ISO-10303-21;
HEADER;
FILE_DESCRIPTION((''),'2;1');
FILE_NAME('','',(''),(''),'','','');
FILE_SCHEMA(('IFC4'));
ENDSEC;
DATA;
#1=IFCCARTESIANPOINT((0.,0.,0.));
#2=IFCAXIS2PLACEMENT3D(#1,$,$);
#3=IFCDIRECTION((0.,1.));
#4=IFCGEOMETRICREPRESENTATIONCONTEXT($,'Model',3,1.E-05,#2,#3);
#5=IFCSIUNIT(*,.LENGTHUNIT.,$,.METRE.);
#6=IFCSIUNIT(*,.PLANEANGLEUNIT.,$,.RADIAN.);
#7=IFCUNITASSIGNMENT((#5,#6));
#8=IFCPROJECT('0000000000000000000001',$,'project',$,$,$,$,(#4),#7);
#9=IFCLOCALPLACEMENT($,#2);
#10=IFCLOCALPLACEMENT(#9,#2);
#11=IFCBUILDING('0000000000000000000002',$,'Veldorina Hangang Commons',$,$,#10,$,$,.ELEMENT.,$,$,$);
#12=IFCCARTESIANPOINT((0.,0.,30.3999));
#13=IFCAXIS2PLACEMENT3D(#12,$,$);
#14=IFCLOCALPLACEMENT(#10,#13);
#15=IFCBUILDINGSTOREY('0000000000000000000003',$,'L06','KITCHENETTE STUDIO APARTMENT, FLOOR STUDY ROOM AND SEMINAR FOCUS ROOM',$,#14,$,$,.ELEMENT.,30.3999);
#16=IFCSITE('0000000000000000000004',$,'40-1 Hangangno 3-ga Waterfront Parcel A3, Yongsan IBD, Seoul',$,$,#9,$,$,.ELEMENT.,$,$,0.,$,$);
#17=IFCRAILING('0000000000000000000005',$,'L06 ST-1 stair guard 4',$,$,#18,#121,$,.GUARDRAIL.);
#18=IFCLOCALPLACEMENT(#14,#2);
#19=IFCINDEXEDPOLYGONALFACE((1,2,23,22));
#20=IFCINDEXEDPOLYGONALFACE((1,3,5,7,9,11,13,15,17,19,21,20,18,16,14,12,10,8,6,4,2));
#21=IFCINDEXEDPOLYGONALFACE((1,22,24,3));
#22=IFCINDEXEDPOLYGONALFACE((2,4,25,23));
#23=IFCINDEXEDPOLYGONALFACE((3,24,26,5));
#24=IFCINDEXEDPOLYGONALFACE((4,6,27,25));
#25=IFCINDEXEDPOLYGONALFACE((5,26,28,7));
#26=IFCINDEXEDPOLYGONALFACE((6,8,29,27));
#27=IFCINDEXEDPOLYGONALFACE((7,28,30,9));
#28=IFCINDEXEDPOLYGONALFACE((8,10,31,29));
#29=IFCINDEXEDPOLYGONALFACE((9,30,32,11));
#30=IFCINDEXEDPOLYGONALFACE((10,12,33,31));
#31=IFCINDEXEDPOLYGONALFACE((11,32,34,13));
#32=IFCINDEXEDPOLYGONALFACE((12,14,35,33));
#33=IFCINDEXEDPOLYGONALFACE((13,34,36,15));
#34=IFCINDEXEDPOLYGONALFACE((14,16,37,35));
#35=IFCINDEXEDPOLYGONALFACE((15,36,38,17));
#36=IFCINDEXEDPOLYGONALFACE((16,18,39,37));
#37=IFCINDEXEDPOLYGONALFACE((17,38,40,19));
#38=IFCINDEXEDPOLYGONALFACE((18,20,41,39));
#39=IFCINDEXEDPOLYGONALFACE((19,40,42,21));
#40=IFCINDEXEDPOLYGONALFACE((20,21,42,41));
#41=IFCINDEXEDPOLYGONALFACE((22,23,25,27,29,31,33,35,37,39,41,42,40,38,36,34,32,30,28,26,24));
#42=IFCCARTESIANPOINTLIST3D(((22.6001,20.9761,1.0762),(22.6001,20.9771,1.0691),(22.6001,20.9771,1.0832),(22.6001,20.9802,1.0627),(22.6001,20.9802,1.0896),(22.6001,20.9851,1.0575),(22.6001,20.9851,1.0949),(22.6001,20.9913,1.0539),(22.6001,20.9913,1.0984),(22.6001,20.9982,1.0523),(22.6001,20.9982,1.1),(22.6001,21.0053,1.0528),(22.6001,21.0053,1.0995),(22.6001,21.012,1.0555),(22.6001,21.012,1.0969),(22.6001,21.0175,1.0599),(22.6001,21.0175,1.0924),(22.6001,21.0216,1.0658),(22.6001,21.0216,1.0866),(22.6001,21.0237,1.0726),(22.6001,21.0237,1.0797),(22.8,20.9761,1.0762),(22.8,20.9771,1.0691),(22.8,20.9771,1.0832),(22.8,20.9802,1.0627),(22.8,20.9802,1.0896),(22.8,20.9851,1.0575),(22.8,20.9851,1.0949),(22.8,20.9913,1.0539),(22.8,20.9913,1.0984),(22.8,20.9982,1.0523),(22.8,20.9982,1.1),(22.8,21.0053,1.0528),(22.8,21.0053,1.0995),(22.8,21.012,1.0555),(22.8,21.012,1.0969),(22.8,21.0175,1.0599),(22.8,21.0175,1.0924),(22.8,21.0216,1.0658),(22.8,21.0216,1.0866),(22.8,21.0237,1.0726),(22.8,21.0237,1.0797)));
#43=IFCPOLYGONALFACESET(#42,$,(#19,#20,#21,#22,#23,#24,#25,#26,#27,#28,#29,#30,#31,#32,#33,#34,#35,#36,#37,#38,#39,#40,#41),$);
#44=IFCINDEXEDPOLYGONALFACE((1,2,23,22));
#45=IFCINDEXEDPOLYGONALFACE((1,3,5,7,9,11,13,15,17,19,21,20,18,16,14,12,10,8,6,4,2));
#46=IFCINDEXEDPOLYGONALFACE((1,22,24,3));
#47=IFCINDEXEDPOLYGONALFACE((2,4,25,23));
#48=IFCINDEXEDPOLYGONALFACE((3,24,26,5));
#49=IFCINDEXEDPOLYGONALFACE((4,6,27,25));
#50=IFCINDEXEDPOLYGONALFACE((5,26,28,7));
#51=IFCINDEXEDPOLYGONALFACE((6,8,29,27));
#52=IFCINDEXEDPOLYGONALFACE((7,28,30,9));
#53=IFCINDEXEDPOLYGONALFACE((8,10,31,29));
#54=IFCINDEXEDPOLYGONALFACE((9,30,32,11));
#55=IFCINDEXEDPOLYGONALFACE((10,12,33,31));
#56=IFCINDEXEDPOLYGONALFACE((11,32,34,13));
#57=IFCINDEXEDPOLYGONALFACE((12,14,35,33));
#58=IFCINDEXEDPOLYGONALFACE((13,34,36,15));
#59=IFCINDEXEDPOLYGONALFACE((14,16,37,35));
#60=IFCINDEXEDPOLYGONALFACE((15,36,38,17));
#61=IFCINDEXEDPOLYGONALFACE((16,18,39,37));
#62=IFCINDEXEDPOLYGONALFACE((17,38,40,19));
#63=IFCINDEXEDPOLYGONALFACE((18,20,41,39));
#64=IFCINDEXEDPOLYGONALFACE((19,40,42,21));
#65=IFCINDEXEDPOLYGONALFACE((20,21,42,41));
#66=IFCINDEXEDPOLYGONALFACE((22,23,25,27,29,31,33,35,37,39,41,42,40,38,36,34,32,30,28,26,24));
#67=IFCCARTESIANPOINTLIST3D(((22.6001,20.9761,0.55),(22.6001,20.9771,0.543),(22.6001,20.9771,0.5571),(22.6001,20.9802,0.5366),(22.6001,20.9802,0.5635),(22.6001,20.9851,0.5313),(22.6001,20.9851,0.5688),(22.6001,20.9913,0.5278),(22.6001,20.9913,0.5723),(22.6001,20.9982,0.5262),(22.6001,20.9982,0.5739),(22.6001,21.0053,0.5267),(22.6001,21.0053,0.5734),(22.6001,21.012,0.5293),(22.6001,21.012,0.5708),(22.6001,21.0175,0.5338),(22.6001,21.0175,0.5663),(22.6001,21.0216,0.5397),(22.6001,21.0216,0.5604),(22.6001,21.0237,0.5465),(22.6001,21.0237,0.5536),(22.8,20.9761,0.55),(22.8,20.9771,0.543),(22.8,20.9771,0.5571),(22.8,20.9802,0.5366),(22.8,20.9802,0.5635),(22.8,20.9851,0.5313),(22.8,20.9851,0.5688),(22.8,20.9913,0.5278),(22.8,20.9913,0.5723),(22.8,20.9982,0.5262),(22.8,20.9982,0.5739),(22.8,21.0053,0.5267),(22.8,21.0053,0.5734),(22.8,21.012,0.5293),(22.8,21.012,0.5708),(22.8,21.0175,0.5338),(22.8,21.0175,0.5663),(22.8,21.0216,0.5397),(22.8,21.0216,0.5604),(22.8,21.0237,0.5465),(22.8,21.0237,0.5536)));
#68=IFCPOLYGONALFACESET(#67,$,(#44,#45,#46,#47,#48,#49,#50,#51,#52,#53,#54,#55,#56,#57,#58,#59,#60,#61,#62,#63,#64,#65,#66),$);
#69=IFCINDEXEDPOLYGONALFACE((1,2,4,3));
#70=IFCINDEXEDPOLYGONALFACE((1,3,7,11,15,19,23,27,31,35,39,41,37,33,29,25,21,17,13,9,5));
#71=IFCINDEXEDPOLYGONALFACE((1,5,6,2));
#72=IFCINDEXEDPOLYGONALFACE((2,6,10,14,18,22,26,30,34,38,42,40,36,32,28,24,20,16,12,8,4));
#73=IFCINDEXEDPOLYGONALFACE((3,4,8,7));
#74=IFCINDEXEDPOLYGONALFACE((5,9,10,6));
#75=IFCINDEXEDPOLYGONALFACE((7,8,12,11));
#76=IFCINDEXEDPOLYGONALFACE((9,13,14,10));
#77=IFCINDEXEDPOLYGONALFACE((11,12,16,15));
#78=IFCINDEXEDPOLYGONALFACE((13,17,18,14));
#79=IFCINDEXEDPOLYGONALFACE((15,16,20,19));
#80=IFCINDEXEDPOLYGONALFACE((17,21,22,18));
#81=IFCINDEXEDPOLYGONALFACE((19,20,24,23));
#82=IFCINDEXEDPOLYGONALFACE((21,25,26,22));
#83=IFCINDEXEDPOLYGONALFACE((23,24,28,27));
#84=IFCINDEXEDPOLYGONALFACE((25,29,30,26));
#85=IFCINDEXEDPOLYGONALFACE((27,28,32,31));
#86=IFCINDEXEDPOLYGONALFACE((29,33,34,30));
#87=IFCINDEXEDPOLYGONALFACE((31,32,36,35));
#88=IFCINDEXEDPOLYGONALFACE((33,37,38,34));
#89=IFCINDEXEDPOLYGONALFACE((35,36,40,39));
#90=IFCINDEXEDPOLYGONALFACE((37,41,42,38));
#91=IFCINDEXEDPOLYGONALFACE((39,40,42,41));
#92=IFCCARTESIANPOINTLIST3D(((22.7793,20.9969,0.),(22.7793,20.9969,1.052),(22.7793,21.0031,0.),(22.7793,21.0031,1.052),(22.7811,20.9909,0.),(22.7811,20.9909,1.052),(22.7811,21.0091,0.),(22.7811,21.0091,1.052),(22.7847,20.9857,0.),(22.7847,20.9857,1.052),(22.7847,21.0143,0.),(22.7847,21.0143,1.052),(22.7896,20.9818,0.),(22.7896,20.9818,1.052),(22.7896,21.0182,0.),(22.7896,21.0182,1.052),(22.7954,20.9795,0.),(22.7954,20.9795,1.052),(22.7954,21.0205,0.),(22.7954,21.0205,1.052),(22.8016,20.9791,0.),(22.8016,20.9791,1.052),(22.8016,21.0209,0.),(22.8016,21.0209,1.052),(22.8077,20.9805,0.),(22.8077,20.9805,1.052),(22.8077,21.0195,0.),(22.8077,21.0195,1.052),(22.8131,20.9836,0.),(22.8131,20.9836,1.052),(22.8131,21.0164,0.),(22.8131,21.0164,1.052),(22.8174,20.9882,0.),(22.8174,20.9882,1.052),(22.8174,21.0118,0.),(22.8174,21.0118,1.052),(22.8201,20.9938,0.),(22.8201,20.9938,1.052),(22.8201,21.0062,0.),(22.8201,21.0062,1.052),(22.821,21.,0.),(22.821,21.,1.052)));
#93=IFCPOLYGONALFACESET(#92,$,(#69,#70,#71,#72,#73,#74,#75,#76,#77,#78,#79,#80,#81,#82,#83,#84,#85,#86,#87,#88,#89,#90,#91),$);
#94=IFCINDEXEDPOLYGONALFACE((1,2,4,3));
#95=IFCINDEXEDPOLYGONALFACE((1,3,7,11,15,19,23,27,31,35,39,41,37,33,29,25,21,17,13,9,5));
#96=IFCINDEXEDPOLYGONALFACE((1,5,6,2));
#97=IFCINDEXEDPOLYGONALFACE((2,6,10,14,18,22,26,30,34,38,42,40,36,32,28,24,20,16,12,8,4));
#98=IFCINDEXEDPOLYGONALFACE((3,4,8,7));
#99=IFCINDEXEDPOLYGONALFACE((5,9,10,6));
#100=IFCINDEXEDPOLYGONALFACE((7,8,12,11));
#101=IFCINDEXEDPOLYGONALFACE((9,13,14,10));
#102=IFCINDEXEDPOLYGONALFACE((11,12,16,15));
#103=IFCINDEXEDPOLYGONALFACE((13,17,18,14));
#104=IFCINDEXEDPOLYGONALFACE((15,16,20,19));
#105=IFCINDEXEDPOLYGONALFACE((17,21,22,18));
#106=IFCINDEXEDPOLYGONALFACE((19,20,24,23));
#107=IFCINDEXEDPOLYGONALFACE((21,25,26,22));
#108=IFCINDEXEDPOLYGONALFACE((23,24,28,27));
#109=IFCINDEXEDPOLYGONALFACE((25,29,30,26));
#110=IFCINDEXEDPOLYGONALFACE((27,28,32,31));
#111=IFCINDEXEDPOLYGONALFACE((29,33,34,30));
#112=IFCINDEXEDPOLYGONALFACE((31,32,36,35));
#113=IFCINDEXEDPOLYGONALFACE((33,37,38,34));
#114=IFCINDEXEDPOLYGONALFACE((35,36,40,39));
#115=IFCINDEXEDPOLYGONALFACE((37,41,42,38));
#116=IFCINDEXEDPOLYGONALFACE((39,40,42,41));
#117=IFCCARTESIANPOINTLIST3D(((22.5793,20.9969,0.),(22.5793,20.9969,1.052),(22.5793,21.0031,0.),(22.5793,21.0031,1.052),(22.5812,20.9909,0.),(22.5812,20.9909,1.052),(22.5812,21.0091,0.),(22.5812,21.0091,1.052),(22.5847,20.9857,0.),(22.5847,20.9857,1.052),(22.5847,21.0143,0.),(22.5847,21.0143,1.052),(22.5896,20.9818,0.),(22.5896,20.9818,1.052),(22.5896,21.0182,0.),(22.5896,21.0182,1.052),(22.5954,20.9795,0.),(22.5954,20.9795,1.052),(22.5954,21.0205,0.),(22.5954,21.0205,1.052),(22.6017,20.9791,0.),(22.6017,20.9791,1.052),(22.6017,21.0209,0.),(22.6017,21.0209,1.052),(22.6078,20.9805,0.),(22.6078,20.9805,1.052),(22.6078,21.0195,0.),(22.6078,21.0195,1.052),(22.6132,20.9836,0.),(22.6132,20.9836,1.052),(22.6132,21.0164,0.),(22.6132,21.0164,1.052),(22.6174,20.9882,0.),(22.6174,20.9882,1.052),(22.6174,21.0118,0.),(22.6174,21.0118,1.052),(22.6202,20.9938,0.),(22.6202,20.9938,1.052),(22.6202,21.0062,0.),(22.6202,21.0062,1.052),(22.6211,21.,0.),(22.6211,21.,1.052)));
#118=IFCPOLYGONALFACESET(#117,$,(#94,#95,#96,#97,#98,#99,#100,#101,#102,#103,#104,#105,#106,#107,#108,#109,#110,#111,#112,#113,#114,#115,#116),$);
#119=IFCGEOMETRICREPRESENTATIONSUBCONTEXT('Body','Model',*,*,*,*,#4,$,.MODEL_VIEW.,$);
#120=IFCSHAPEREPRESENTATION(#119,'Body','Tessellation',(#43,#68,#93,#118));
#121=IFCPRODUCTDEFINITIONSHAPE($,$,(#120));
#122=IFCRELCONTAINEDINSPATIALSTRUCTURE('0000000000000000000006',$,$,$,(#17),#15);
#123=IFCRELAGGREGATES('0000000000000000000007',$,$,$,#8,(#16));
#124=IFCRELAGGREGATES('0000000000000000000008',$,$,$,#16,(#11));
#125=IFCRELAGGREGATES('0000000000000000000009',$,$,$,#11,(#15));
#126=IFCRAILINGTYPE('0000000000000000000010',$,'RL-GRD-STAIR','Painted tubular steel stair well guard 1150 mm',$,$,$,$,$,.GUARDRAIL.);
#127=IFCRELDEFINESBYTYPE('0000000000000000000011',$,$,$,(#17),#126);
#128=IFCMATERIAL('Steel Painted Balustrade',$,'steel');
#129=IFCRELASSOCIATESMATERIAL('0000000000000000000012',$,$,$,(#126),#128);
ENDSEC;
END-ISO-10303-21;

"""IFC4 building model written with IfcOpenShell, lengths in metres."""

from ifc_helpers import new_model, si_unit, direction, frame, origin, origin_2d, place, context, subcontext, project, spatial, circle, extrude, material, type_object, element, save


model = new_model("IFC4")

# Units and contexts
model_context = context("Model", 3, precision=1e-05, world=origin(), true_north=direction((0.0, 1.0)))
body_context = subcontext(model_context, "Body", "Model", "MODEL_VIEW")
ifc_project = project(units=[si_unit("LENGTHUNIT", "METRE"), si_unit("PLANEANGLEUNIT", "RADIAN")], contexts=[model_context])

# Site, building, storey
site_placement = place(None, origin())
site = spatial("IfcSite", under=ifc_project, at=site_placement, Name="40-1 Hangangno 3-ga Waterfront Parcel A3, Yongsan IBD, Seoul", CompositionType="ELEMENT", RefElevation=0.0)
building_placement = place(site_placement, origin())
building = spatial("IfcBuilding", under=site, at=building_placement, Name="Veldorina Hangang Commons", CompositionType="ELEMENT")
storey_placement = place(building_placement, frame((0.0, 0.0, 30.3999)))
storey = spatial("IfcBuildingStorey", under=building, at=storey_placement, Name="L06", Description="KITCHENETTE STUDIO APARTMENT, FLOOR STUDY ROOM AND SEMINAR FOCUS ROOM", CompositionType="ELEMENT", Elevation=30.3999)

# Railing
ifc_material_1 = material(Name="Steel Painted Balustrade", Category="steel")
railing_type_1 = type_object("IfcRailingType", Name="RL-GRD-STAIR", Description="Painted tubular steel stair well guard 1150 mm", PredefinedType="GUARDRAIL", material=ifc_material_1)
railing_1_placement = place(storey_placement, frame((22.8, 21.0, 0.0)))
element("IfcRailing", 1, at=railing_1_placement, inside=storey, type_object=railing_type_1, Name="L06 ST-1 stair guard 4", PredefinedType="GUARDRAIL", context=body_context, shape_type="SweptSolid", body=[
    extrude(circle(Radius=0.0239, at=origin_2d()), frame((0.0, 0.0, 1.0762), z_axis=(-1.0, 0.0, 0.0), x_axis=(0.0, -1.0, 0.0)), (0.0, 0.0, 1.0), 0.2),
    extrude(circle(Radius=0.0239, at=origin_2d()), frame((0.0, 0.0, 0.55), z_axis=(-1.0, 0.0, 0.0), x_axis=(0.0, -1.0, 0.0)), (0.0, 0.0, 1.0), 0.2),
    extrude(circle(Radius=0.021, at=origin_2d()), origin(), (0.0, 0.0, 1.0), 1.052),
    extrude(circle(Radius=0.021, at=origin_2d()), frame((-0.2, 0.0, 0.0)), (0.0, 0.0, 1.0), 1.052),
])

save(model, "model.ifc")
